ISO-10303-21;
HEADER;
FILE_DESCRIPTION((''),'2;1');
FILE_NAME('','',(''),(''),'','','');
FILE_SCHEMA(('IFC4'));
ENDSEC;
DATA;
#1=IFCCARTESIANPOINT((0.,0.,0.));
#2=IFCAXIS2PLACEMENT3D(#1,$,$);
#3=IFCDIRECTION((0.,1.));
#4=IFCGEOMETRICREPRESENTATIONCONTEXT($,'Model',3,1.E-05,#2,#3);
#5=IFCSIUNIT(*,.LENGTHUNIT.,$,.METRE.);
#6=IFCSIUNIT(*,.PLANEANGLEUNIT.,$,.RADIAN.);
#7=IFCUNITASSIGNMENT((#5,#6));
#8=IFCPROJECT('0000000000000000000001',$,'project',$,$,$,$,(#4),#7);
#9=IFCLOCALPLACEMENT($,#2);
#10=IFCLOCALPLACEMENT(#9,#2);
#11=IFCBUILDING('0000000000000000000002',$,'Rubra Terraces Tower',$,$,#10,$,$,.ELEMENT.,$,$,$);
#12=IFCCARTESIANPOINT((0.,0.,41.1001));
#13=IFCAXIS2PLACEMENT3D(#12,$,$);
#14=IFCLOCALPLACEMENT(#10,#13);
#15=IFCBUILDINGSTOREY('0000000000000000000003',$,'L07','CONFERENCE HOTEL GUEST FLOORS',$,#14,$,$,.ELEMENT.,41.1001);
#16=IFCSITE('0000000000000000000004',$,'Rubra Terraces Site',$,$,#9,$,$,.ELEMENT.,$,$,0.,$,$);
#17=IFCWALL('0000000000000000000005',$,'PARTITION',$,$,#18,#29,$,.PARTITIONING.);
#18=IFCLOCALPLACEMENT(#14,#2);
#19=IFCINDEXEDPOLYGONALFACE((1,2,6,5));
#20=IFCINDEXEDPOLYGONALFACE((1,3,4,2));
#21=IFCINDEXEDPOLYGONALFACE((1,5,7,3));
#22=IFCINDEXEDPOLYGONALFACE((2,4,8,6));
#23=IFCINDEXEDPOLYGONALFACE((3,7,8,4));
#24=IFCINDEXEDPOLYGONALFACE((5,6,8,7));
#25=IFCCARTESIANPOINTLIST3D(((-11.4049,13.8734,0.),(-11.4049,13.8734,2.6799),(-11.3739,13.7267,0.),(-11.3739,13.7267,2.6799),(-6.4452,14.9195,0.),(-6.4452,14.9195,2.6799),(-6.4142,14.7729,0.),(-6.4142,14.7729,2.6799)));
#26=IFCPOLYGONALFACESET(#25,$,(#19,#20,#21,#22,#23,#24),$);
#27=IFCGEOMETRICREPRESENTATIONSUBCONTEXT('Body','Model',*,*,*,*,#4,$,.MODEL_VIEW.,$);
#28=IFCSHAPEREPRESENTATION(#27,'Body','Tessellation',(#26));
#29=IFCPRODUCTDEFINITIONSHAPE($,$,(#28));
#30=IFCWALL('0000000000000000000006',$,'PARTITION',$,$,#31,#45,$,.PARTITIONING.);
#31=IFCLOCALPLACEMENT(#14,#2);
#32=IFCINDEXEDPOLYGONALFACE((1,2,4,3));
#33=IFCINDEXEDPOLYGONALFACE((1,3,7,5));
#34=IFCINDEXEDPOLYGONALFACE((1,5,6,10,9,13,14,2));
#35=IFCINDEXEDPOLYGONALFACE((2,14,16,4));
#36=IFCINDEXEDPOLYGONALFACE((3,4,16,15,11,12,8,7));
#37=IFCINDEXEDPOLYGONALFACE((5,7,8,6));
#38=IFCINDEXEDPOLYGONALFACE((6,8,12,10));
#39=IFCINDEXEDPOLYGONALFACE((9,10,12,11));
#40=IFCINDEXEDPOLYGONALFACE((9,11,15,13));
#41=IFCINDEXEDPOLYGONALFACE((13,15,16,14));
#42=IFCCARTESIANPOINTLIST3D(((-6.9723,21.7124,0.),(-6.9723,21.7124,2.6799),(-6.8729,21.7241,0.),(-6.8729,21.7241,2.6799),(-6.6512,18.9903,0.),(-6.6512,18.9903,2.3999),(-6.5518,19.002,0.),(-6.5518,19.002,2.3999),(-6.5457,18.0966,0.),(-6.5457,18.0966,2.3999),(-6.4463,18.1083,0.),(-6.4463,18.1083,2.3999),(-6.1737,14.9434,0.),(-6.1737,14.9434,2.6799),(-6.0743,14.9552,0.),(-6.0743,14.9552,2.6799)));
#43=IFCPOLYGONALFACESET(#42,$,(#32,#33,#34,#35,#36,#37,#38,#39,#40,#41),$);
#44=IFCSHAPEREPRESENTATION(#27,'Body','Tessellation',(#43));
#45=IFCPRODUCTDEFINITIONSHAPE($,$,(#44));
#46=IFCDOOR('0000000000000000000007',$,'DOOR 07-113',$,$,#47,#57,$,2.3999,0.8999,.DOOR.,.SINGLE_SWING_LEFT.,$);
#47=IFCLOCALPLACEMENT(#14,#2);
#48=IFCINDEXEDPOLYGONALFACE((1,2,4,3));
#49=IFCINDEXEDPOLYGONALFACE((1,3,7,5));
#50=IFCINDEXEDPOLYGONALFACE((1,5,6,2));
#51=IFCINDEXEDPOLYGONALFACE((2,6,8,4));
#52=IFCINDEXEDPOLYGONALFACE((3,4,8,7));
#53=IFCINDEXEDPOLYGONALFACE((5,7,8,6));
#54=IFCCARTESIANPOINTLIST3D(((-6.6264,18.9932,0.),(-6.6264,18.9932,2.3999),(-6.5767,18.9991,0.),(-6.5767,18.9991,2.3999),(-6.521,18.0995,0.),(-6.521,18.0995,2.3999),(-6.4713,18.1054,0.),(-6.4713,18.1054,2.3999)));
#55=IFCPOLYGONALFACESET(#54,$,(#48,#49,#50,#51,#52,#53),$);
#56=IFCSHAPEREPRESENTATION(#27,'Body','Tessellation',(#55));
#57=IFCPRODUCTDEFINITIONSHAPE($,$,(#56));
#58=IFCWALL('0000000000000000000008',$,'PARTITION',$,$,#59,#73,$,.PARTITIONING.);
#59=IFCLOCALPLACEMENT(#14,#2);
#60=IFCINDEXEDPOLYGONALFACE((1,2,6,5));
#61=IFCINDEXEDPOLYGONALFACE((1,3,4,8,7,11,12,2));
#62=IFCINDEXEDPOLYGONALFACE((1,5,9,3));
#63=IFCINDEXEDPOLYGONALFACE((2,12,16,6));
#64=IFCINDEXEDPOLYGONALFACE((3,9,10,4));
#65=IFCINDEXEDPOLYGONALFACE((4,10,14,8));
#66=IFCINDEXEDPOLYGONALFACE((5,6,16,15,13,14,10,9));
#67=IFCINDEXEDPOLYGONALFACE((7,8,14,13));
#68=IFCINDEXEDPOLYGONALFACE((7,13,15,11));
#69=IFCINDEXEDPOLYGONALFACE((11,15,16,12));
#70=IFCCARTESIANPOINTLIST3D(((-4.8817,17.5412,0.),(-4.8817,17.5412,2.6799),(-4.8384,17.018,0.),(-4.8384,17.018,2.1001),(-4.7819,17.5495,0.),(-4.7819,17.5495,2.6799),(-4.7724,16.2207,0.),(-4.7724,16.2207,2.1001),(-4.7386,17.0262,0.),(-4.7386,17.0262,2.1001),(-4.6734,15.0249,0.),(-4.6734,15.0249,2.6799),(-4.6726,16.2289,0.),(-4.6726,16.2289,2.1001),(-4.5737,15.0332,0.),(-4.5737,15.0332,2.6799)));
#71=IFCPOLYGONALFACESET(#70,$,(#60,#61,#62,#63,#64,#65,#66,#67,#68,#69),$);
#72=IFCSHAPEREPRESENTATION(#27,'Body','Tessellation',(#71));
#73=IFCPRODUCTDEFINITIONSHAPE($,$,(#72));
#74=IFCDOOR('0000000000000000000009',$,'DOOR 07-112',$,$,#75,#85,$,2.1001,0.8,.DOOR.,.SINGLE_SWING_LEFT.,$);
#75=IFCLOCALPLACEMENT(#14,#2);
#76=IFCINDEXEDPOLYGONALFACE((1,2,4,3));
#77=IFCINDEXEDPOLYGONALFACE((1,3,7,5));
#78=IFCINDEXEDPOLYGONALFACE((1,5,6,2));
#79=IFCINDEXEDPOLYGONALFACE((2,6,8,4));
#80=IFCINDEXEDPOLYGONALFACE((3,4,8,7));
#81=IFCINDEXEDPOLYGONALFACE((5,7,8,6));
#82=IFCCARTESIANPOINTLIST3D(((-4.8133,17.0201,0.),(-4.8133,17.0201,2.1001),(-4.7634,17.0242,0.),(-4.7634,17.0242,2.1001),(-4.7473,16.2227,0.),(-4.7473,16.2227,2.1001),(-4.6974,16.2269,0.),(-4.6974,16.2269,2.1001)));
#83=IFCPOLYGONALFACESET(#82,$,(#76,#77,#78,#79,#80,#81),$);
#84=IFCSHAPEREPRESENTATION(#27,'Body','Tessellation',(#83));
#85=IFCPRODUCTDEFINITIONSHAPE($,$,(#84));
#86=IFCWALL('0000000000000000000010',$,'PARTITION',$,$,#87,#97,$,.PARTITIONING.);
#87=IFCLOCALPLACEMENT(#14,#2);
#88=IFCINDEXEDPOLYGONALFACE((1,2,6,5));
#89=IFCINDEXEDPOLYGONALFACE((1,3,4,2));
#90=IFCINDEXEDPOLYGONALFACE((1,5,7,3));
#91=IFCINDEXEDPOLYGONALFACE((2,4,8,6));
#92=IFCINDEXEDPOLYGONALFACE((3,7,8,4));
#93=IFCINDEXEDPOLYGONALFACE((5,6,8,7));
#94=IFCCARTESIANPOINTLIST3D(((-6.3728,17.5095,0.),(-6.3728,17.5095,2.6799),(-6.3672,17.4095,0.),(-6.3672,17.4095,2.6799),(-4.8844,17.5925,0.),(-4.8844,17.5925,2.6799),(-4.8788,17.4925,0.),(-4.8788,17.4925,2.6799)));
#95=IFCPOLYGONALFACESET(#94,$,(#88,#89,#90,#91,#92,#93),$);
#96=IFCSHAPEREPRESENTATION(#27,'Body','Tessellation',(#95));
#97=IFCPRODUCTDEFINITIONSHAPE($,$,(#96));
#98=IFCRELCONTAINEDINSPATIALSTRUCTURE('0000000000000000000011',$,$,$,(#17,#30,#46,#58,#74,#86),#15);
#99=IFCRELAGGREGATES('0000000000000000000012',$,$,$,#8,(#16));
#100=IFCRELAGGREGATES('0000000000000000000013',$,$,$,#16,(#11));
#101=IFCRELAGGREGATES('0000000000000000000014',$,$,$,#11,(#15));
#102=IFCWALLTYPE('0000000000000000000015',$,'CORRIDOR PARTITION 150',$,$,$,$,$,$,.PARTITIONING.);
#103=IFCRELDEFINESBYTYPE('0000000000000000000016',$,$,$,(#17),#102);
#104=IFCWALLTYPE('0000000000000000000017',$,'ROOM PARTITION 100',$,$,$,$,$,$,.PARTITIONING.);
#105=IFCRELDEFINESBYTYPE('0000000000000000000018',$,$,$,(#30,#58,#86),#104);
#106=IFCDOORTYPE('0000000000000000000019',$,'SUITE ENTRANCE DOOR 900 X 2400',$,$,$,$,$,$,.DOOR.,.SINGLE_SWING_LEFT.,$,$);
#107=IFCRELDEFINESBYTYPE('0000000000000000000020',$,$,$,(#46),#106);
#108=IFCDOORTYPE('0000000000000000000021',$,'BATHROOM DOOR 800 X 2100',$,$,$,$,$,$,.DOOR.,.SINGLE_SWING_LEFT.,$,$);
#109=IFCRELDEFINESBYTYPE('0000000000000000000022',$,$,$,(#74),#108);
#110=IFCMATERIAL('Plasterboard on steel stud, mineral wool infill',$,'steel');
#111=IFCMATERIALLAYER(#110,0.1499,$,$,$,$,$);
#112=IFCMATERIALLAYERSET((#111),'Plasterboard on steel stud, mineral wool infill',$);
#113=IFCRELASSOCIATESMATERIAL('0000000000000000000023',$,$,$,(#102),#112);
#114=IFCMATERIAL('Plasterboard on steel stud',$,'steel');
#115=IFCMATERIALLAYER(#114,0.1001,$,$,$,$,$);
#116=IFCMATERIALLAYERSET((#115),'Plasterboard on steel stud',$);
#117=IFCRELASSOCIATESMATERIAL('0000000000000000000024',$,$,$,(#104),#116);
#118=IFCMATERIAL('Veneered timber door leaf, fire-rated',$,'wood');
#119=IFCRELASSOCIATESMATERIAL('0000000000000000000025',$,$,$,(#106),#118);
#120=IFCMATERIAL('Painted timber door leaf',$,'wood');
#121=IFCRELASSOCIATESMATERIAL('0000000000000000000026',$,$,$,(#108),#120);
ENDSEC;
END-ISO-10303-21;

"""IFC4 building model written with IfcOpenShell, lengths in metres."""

from ifc_helpers import new_model, si_unit, direction, frame, frame_2d, origin, place, context, subcontext, project, spatial, rectangle, extrude, material, layer, layer_set, type_object, element, fill, save


model = new_model("IFC4")

# Units and contexts
model_context = context("Model", 3, precision=1e-05, world=origin(), true_north=direction((0.0, 1.0)))
body_context = subcontext(model_context, "Body", "Model", "MODEL_VIEW")
ifc_project = project(units=[si_unit("LENGTHUNIT", "METRE"), si_unit("PLANEANGLEUNIT", "RADIAN")], contexts=[model_context])

# Site, building, storey
site_placement = place(None, origin())
site = spatial("IfcSite", under=ifc_project, at=site_placement, Name="Rubra Terraces Site", CompositionType="ELEMENT", RefElevation=0.0)
building_placement = place(site_placement, origin())
building = spatial("IfcBuilding", under=site, at=building_placement, Name="Rubra Terraces Tower", CompositionType="ELEMENT")
storey_placement = place(building_placement, frame((0.0, 0.0, 41.1001)))
storey = spatial("IfcBuildingStorey", under=building, at=storey_placement, Name="L07", Description="CONFERENCE HOTEL GUEST FLOORS", CompositionType="ELEMENT", Elevation=41.1001)

# Wall
ifc_material_1 = material(Name="Plasterboard on steel stud, mineral wool infill", Category="steel")
ifc_layer_1 = layer(ifc_material_1, 0.1499)
ifc_layer_set_1 = layer_set([ifc_layer_1], Name="Plasterboard on steel stud, mineral wool infill")
wall_type_1 = type_object("IfcWallType", Name="CORRIDOR PARTITION 150", PredefinedType="PARTITIONING", material=ifc_layer_set_1)
wall_1_placement = place(storey_placement, frame((-6.4297, 14.8462, 0.0), z_axis=(0.0, 0.0, 1.0), x_axis=(-0.978471, -0.206387, 0.0)))
element("IfcWall", 1, at=wall_1_placement, inside=storey, type_object=wall_type_1, Name="PARTITION", PredefinedType="PARTITIONING", context=body_context, shape_type="SweptSolid", body=[
    extrude(rectangle(XDim=5.0688, YDim=0.1499, at=frame_2d((2.5344, 0.0))), origin(), (0.0, 0.0, 1.0), 2.6799),
])

# Walls, openings, doors
ifc_material_2 = material(Name="Plasterboard on steel stud", Category="steel")
ifc_layer_2 = layer(ifc_material_2, 0.1001)
ifc_layer_set_2 = layer_set([ifc_layer_2], Name="Plasterboard on steel stud")
wall_type_2 = type_object("IfcWallType", Name="ROOM PARTITION 100", PredefinedType="PARTITIONING", material=ifc_layer_set_2)
wall_2_placement = place(storey_placement, frame((-6.9226, 21.7183, 0.0), z_axis=(0.0, 0.0, 1.0), x_axis=(0.117163, -0.993113, 0.0)))
wall_2 = element("IfcWall", 2, at=wall_2_placement, inside=storey, type_object=wall_type_2, Name="PARTITION", PredefinedType="PARTITIONING", context=body_context, shape_type="SweptSolid", body=[
    extrude(rectangle(XDim=6.8159, YDim=0.1001, at=frame_2d((3.408, 0.0))), origin(), (0.0, 0.0, 1.0), 2.6799),
])
opening_1_placement = place(wall_2_placement, frame((2.741, 0.0, 0.0)))
opening_1 = element("IfcOpeningElement", 3, at=opening_1_placement, cuts=wall_2, PredefinedType="OPENING", context=body_context, shape_type="SweptSolid", body=[
    extrude(rectangle(XDim=0.8999, YDim=2.3999, at=frame_2d((0.45, 1.2))), frame((0.0, 0.0601, 0.0), z_axis=(0.0, -1.0, 0.0), x_axis=(1.0, 0.0, 0.0)), (0.0, 0.0, 1.0), 0.1201),
])
ifc_material_3 = material(Name="Veneered timber door leaf, fire-rated", Category="wood")
door_type_1 = type_object("IfcDoorType", Name="SUITE ENTRANCE DOOR 900 X 2400", OperationType="SINGLE_SWING_LEFT", PredefinedType="DOOR", material=ifc_material_3)
door_1_placement = place(opening_1_placement, origin())
door_1 = element("IfcDoor", 4, at=door_1_placement, inside=storey, type_object=door_type_1, Name="DOOR 07-113", OperationType="SINGLE_SWING_LEFT", OverallHeight=2.3999, OverallWidth=0.8999, PredefinedType="DOOR", context=body_context, shape_type="SweptSolid", body=[
    extrude(rectangle(XDim=0.8999, YDim=2.3999, at=frame_2d((0.45, 1.2))), frame((0.0, 0.0249, 0.0), z_axis=(0.0, -1.0, 0.0), x_axis=(1.0, 0.0, 0.0)), (0.0, 0.0, 1.0), 0.05),
])
fill(opening_1, door_1)
wall_3_placement = place(storey_placement, frame((-4.6235, 15.0291, 0.0), z_axis=(0.0, 0.0, 1.0), x_axis=(-0.082477, 0.996593, 0.0)))
wall_3 = element("IfcWall", 5, at=wall_3_placement, inside=storey, type_object=wall_type_2, Name="PARTITION", PredefinedType="PARTITIONING", context=body_context, shape_type="SweptSolid", body=[
    extrude(rectangle(XDim=2.5249, YDim=0.1001, at=frame_2d((1.2625, 0.0))), origin(), (0.0, 0.0, 1.0), 2.6799),
])
opening_2_placement = place(wall_3_placement, frame((1.2, 0.0, 0.0)))
opening_2 = element("IfcOpeningElement", 6, at=opening_2_placement, cuts=wall_3, PredefinedType="OPENING", context=body_context, shape_type="SweptSolid", body=[
    extrude(rectangle(XDim=0.8, YDim=2.1001, at=frame_2d((0.3999, 1.05))), frame((0.0, 0.0601, 0.0), z_axis=(0.0, -1.0, 0.0), x_axis=(1.0, 0.0, 0.0)), (0.0, 0.0, 1.0), 0.1201),
])
ifc_material_4 = material(Name="Painted timber door leaf", Category="wood")
door_type_2 = type_object("IfcDoorType", Name="BATHROOM DOOR 800 X 2100", OperationType="SINGLE_SWING_LEFT", PredefinedType="DOOR", material=ifc_material_4)
door_2_placement = place(opening_2_placement, origin())
door_2 = element("IfcDoor", 7, at=door_2_placement, inside=storey, type_object=door_type_2, Name="DOOR 07-112", OperationType="SINGLE_SWING_LEFT", OverallHeight=2.1001, OverallWidth=0.8, PredefinedType="DOOR", context=body_context, shape_type="SweptSolid", body=[
    extrude(rectangle(XDim=0.8, YDim=2.1001, at=frame_2d((0.3999, 1.05))), frame((0.0, 0.0249, 0.0), z_axis=(0.0, -1.0, 0.0), x_axis=(1.0, 0.0, 0.0)), (0.0, 0.0, 1.0), 0.05),
])
fill(opening_2, door_2)

# Wall
wall_4_placement = place(storey_placement, frame((-4.8816, 17.5425, 0.0), z_axis=(0.0, 0.0, 1.0), x_axis=(-0.998449, -0.055679, 0.0)))
element("IfcWall", 8, at=wall_4_placement, inside=storey, type_object=wall_type_2, Name="PARTITION", PredefinedType="PARTITIONING", context=body_context, shape_type="SweptSolid", body=[
    extrude(rectangle(XDim=1.4907, YDim=0.1001, at=frame_2d((0.7454, 0.0))), origin(), (0.0, 0.0, 1.0), 2.6799),
])

save(model, "model.ifc")
